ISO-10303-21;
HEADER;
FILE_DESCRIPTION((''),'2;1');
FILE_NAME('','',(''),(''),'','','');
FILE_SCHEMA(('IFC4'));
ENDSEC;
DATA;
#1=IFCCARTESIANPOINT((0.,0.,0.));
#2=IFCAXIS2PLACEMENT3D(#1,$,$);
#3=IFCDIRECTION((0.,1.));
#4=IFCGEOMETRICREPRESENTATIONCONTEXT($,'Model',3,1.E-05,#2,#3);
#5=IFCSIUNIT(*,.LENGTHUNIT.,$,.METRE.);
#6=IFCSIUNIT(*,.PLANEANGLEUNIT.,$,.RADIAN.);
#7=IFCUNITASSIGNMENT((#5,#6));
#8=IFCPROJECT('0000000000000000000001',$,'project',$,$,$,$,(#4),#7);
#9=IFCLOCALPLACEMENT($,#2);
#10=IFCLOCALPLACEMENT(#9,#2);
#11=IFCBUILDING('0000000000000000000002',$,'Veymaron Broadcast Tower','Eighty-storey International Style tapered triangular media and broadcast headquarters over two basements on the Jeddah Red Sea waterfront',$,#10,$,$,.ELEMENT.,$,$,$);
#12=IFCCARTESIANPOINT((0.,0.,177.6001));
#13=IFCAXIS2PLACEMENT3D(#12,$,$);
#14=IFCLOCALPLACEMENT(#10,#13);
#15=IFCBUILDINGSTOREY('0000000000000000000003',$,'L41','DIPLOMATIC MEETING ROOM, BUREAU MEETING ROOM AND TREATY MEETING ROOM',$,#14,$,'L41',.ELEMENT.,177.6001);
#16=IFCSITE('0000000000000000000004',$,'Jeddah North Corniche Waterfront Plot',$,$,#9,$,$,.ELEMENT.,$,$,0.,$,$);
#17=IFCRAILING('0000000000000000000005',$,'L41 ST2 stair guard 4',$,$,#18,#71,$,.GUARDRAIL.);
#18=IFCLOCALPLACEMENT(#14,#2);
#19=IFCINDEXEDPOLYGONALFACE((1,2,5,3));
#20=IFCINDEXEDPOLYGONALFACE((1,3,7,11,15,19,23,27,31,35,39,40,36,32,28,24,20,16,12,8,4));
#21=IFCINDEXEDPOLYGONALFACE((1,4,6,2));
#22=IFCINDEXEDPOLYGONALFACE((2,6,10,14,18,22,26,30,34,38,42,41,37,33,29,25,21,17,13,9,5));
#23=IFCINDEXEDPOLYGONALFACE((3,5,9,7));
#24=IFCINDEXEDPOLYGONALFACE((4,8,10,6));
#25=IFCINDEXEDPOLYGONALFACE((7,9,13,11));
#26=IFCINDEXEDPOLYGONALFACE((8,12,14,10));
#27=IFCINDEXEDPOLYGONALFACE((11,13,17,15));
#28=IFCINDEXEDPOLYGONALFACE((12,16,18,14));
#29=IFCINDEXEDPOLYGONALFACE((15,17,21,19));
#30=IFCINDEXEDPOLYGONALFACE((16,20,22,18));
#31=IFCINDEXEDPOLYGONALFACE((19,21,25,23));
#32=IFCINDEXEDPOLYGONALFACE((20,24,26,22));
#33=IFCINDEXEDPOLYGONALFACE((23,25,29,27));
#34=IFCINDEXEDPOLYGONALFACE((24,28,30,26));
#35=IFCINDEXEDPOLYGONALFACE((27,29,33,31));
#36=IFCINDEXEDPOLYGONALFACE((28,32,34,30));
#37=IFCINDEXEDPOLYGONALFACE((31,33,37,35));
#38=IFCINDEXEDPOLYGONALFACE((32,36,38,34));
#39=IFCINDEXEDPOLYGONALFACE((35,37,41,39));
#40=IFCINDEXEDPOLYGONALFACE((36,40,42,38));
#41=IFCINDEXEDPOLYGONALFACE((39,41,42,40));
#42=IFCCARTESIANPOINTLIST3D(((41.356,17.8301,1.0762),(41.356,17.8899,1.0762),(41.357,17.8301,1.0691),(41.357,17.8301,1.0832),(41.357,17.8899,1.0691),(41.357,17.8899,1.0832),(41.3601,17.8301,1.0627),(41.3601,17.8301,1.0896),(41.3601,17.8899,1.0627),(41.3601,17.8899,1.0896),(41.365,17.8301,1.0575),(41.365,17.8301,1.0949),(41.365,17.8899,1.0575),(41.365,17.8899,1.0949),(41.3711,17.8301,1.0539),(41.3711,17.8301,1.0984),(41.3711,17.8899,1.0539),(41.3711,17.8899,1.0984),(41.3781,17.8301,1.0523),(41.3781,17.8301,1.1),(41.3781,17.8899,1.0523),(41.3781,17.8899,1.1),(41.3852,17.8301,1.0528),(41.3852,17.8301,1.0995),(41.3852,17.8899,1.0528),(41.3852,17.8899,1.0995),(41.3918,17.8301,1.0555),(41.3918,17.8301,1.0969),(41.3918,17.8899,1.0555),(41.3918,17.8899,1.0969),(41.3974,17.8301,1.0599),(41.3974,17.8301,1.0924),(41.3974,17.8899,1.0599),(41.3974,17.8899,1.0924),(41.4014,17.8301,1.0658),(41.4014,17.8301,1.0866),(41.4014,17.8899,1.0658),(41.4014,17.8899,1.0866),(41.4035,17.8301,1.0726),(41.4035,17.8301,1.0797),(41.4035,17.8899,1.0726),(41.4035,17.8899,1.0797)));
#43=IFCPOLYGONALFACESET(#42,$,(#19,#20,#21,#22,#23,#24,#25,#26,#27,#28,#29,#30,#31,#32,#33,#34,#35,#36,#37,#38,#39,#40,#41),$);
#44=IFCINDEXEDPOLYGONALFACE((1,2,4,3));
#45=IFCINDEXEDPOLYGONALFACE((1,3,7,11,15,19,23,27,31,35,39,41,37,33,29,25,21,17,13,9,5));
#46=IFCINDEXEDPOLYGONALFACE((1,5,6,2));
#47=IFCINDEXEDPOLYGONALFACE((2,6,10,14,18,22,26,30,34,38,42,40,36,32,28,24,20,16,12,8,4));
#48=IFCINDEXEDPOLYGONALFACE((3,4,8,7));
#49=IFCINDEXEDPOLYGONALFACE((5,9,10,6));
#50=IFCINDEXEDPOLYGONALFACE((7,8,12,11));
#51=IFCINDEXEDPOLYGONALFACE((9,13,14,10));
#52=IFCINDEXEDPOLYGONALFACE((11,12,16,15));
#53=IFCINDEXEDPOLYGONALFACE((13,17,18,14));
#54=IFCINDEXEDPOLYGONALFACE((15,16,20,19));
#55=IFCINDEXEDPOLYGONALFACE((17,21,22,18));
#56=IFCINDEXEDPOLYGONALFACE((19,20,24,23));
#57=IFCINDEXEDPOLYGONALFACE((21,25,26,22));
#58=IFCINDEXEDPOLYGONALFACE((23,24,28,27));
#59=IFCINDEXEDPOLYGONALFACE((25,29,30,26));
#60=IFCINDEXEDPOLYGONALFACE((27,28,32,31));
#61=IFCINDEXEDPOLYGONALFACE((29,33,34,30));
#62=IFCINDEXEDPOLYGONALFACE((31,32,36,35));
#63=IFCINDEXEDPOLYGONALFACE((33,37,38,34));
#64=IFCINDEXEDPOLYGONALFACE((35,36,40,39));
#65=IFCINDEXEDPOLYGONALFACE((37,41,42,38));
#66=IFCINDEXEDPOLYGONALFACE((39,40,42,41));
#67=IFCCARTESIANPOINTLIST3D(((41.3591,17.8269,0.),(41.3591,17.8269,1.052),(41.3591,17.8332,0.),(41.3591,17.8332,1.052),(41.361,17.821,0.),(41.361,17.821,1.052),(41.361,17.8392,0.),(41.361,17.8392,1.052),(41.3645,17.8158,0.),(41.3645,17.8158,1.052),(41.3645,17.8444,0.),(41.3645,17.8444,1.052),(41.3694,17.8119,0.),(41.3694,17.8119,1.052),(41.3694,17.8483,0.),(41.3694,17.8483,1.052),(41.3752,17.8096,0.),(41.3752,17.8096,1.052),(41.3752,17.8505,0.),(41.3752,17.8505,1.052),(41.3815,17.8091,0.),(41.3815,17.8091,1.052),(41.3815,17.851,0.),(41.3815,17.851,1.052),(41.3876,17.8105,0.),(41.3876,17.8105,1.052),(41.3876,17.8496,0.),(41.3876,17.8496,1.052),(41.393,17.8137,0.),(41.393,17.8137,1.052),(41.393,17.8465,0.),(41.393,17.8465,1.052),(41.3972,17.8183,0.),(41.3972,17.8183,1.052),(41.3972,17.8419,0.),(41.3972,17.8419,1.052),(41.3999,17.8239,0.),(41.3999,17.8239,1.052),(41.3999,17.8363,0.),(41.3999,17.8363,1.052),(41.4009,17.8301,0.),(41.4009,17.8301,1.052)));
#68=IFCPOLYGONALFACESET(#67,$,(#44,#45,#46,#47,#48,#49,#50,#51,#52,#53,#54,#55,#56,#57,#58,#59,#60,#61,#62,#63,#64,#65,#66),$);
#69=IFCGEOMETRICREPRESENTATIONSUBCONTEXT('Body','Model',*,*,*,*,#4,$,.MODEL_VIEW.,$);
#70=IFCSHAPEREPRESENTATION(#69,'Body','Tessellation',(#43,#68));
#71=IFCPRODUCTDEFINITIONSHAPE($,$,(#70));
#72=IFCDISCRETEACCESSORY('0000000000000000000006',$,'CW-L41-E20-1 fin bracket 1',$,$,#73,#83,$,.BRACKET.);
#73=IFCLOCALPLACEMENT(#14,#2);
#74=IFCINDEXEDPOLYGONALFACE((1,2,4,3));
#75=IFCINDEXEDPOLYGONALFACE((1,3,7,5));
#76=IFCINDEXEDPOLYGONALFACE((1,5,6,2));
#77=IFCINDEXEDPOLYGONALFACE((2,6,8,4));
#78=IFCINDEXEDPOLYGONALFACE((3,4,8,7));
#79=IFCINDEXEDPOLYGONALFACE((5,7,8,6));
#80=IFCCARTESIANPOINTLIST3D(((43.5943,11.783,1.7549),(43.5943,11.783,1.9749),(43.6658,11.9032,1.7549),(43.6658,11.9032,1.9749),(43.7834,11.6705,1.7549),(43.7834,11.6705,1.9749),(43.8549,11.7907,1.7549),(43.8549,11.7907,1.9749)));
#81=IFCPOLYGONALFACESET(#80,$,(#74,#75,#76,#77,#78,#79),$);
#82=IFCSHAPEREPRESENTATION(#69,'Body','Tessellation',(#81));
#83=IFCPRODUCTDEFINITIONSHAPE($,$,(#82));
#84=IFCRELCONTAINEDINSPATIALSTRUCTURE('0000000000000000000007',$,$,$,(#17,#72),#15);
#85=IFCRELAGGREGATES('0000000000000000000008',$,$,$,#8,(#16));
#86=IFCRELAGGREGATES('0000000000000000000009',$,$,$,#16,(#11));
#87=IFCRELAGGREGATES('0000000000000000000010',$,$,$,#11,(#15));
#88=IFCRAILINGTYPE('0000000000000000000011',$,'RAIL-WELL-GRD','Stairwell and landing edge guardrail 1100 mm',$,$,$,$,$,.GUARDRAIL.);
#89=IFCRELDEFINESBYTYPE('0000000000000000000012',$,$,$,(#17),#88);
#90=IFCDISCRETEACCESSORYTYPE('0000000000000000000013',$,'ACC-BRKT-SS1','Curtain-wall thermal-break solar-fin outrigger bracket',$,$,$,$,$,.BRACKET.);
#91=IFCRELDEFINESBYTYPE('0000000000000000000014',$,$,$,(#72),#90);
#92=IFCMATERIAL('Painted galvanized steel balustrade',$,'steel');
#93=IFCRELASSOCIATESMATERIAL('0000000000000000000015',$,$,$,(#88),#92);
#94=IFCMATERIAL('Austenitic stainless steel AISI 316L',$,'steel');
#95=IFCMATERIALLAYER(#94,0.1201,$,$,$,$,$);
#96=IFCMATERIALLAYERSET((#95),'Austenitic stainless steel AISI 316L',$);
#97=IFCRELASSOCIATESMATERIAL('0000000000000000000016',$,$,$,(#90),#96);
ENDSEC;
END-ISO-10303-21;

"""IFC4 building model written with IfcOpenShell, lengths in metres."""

from ifc_helpers import new_model, si_unit, direction, frame, origin, origin_2d, place, context, subcontext, project, spatial, rectangle, circle, extrude, material, layer, layer_set, type_object, element, save


model = new_model("IFC4")

# Units and contexts
model_context = context("Model", 3, precision=1e-05, world=origin(), true_north=direction((0.0, 1.0)))
body_context = subcontext(model_context, "Body", "Model", "MODEL_VIEW")
ifc_project = project(units=[si_unit("LENGTHUNIT", "METRE"), si_unit("PLANEANGLEUNIT", "RADIAN")], contexts=[model_context])

# Site, building, storey
site_placement = place(None, origin())
site = spatial("IfcSite", under=ifc_project, at=site_placement, Name="Jeddah North Corniche Waterfront Plot", CompositionType="ELEMENT", RefElevation=0.0)
building_placement = place(site_placement, origin())
building = spatial("IfcBuilding", under=site, at=building_placement, Name="Veymaron Broadcast Tower", Description="Eighty-storey International Style tapered triangular media and broadcast headquarters over two basements on the Jeddah Red Sea waterfront", CompositionType="ELEMENT")
storey_placement = place(building_placement, frame((0.0, 0.0, 177.6001)))
storey = spatial("IfcBuildingStorey", under=building, at=storey_placement, Name="L41", Description="DIPLOMATIC MEETING ROOM, BUREAU MEETING ROOM AND TREATY MEETING ROOM", LongName="L41", CompositionType="ELEMENT", Elevation=177.6001)

# Railing
ifc_material_1 = material(Name="Painted galvanized steel balustrade", Category="steel")
railing_type_1 = type_object("IfcRailingType", Name="RAIL-WELL-GRD", Description="Stairwell and landing edge guardrail 1100 mm", PredefinedType="GUARDRAIL", material=ifc_material_1)
railing_1_placement = place(storey_placement, frame((41.3799, 17.8301, 0.0)))
element("IfcRailing", 1, at=railing_1_placement, inside=storey, type_object=railing_type_1, Name="L41 ST2 stair guard 4", PredefinedType="GUARDRAIL", context=body_context, shape_type="SweptSolid", body=[
    extrude(circle(Radius=0.0239, at=origin_2d()), frame((0.0, 0.0, 1.0762), z_axis=(0.0, 1.0, 0.0), x_axis=(-1.0, 0.0, 0.0)), (0.0, 0.0, 1.0), 0.0598),
    extrude(circle(Radius=0.021, at=origin_2d()), origin(), (0.0, 0.0, 1.0), 1.052),
])

# Discrete accessory
ifc_material_2 = material(Name="Austenitic stainless steel AISI 316L", Category="steel")
ifc_layer_1 = layer(ifc_material_2, 0.1201)
ifc_layer_set_1 = layer_set([ifc_layer_1], Name="Austenitic stainless steel AISI 316L")
discrete_accessory_type = type_object("IfcDiscreteAccessoryType", Name="ACC-BRKT-SS1", Description="Curtain-wall thermal-break solar-fin outrigger bracket", PredefinedType="BRACKET", material=ifc_layer_set_1)
discrete_accessory_placement = place(storey_placement, frame((43.7246, 11.7869, 1.7549), z_axis=(0.0, 0.0, 1.0), x_axis=(0.859424, -0.511263, 0.0)))
element("IfcDiscreteAccessory", 2, at=discrete_accessory_placement, inside=storey, type_object=discrete_accessory_type, Name="CW-L41-E20-1 fin bracket 1", PredefinedType="BRACKET", context=body_context, shape_type="SweptSolid", body=[
    extrude(rectangle(XDim=0.22, YDim=0.1399, at=origin_2d()), origin(), (0.0, 0.0, 1.0), 0.22),
])

save(model, "model.ifc")
